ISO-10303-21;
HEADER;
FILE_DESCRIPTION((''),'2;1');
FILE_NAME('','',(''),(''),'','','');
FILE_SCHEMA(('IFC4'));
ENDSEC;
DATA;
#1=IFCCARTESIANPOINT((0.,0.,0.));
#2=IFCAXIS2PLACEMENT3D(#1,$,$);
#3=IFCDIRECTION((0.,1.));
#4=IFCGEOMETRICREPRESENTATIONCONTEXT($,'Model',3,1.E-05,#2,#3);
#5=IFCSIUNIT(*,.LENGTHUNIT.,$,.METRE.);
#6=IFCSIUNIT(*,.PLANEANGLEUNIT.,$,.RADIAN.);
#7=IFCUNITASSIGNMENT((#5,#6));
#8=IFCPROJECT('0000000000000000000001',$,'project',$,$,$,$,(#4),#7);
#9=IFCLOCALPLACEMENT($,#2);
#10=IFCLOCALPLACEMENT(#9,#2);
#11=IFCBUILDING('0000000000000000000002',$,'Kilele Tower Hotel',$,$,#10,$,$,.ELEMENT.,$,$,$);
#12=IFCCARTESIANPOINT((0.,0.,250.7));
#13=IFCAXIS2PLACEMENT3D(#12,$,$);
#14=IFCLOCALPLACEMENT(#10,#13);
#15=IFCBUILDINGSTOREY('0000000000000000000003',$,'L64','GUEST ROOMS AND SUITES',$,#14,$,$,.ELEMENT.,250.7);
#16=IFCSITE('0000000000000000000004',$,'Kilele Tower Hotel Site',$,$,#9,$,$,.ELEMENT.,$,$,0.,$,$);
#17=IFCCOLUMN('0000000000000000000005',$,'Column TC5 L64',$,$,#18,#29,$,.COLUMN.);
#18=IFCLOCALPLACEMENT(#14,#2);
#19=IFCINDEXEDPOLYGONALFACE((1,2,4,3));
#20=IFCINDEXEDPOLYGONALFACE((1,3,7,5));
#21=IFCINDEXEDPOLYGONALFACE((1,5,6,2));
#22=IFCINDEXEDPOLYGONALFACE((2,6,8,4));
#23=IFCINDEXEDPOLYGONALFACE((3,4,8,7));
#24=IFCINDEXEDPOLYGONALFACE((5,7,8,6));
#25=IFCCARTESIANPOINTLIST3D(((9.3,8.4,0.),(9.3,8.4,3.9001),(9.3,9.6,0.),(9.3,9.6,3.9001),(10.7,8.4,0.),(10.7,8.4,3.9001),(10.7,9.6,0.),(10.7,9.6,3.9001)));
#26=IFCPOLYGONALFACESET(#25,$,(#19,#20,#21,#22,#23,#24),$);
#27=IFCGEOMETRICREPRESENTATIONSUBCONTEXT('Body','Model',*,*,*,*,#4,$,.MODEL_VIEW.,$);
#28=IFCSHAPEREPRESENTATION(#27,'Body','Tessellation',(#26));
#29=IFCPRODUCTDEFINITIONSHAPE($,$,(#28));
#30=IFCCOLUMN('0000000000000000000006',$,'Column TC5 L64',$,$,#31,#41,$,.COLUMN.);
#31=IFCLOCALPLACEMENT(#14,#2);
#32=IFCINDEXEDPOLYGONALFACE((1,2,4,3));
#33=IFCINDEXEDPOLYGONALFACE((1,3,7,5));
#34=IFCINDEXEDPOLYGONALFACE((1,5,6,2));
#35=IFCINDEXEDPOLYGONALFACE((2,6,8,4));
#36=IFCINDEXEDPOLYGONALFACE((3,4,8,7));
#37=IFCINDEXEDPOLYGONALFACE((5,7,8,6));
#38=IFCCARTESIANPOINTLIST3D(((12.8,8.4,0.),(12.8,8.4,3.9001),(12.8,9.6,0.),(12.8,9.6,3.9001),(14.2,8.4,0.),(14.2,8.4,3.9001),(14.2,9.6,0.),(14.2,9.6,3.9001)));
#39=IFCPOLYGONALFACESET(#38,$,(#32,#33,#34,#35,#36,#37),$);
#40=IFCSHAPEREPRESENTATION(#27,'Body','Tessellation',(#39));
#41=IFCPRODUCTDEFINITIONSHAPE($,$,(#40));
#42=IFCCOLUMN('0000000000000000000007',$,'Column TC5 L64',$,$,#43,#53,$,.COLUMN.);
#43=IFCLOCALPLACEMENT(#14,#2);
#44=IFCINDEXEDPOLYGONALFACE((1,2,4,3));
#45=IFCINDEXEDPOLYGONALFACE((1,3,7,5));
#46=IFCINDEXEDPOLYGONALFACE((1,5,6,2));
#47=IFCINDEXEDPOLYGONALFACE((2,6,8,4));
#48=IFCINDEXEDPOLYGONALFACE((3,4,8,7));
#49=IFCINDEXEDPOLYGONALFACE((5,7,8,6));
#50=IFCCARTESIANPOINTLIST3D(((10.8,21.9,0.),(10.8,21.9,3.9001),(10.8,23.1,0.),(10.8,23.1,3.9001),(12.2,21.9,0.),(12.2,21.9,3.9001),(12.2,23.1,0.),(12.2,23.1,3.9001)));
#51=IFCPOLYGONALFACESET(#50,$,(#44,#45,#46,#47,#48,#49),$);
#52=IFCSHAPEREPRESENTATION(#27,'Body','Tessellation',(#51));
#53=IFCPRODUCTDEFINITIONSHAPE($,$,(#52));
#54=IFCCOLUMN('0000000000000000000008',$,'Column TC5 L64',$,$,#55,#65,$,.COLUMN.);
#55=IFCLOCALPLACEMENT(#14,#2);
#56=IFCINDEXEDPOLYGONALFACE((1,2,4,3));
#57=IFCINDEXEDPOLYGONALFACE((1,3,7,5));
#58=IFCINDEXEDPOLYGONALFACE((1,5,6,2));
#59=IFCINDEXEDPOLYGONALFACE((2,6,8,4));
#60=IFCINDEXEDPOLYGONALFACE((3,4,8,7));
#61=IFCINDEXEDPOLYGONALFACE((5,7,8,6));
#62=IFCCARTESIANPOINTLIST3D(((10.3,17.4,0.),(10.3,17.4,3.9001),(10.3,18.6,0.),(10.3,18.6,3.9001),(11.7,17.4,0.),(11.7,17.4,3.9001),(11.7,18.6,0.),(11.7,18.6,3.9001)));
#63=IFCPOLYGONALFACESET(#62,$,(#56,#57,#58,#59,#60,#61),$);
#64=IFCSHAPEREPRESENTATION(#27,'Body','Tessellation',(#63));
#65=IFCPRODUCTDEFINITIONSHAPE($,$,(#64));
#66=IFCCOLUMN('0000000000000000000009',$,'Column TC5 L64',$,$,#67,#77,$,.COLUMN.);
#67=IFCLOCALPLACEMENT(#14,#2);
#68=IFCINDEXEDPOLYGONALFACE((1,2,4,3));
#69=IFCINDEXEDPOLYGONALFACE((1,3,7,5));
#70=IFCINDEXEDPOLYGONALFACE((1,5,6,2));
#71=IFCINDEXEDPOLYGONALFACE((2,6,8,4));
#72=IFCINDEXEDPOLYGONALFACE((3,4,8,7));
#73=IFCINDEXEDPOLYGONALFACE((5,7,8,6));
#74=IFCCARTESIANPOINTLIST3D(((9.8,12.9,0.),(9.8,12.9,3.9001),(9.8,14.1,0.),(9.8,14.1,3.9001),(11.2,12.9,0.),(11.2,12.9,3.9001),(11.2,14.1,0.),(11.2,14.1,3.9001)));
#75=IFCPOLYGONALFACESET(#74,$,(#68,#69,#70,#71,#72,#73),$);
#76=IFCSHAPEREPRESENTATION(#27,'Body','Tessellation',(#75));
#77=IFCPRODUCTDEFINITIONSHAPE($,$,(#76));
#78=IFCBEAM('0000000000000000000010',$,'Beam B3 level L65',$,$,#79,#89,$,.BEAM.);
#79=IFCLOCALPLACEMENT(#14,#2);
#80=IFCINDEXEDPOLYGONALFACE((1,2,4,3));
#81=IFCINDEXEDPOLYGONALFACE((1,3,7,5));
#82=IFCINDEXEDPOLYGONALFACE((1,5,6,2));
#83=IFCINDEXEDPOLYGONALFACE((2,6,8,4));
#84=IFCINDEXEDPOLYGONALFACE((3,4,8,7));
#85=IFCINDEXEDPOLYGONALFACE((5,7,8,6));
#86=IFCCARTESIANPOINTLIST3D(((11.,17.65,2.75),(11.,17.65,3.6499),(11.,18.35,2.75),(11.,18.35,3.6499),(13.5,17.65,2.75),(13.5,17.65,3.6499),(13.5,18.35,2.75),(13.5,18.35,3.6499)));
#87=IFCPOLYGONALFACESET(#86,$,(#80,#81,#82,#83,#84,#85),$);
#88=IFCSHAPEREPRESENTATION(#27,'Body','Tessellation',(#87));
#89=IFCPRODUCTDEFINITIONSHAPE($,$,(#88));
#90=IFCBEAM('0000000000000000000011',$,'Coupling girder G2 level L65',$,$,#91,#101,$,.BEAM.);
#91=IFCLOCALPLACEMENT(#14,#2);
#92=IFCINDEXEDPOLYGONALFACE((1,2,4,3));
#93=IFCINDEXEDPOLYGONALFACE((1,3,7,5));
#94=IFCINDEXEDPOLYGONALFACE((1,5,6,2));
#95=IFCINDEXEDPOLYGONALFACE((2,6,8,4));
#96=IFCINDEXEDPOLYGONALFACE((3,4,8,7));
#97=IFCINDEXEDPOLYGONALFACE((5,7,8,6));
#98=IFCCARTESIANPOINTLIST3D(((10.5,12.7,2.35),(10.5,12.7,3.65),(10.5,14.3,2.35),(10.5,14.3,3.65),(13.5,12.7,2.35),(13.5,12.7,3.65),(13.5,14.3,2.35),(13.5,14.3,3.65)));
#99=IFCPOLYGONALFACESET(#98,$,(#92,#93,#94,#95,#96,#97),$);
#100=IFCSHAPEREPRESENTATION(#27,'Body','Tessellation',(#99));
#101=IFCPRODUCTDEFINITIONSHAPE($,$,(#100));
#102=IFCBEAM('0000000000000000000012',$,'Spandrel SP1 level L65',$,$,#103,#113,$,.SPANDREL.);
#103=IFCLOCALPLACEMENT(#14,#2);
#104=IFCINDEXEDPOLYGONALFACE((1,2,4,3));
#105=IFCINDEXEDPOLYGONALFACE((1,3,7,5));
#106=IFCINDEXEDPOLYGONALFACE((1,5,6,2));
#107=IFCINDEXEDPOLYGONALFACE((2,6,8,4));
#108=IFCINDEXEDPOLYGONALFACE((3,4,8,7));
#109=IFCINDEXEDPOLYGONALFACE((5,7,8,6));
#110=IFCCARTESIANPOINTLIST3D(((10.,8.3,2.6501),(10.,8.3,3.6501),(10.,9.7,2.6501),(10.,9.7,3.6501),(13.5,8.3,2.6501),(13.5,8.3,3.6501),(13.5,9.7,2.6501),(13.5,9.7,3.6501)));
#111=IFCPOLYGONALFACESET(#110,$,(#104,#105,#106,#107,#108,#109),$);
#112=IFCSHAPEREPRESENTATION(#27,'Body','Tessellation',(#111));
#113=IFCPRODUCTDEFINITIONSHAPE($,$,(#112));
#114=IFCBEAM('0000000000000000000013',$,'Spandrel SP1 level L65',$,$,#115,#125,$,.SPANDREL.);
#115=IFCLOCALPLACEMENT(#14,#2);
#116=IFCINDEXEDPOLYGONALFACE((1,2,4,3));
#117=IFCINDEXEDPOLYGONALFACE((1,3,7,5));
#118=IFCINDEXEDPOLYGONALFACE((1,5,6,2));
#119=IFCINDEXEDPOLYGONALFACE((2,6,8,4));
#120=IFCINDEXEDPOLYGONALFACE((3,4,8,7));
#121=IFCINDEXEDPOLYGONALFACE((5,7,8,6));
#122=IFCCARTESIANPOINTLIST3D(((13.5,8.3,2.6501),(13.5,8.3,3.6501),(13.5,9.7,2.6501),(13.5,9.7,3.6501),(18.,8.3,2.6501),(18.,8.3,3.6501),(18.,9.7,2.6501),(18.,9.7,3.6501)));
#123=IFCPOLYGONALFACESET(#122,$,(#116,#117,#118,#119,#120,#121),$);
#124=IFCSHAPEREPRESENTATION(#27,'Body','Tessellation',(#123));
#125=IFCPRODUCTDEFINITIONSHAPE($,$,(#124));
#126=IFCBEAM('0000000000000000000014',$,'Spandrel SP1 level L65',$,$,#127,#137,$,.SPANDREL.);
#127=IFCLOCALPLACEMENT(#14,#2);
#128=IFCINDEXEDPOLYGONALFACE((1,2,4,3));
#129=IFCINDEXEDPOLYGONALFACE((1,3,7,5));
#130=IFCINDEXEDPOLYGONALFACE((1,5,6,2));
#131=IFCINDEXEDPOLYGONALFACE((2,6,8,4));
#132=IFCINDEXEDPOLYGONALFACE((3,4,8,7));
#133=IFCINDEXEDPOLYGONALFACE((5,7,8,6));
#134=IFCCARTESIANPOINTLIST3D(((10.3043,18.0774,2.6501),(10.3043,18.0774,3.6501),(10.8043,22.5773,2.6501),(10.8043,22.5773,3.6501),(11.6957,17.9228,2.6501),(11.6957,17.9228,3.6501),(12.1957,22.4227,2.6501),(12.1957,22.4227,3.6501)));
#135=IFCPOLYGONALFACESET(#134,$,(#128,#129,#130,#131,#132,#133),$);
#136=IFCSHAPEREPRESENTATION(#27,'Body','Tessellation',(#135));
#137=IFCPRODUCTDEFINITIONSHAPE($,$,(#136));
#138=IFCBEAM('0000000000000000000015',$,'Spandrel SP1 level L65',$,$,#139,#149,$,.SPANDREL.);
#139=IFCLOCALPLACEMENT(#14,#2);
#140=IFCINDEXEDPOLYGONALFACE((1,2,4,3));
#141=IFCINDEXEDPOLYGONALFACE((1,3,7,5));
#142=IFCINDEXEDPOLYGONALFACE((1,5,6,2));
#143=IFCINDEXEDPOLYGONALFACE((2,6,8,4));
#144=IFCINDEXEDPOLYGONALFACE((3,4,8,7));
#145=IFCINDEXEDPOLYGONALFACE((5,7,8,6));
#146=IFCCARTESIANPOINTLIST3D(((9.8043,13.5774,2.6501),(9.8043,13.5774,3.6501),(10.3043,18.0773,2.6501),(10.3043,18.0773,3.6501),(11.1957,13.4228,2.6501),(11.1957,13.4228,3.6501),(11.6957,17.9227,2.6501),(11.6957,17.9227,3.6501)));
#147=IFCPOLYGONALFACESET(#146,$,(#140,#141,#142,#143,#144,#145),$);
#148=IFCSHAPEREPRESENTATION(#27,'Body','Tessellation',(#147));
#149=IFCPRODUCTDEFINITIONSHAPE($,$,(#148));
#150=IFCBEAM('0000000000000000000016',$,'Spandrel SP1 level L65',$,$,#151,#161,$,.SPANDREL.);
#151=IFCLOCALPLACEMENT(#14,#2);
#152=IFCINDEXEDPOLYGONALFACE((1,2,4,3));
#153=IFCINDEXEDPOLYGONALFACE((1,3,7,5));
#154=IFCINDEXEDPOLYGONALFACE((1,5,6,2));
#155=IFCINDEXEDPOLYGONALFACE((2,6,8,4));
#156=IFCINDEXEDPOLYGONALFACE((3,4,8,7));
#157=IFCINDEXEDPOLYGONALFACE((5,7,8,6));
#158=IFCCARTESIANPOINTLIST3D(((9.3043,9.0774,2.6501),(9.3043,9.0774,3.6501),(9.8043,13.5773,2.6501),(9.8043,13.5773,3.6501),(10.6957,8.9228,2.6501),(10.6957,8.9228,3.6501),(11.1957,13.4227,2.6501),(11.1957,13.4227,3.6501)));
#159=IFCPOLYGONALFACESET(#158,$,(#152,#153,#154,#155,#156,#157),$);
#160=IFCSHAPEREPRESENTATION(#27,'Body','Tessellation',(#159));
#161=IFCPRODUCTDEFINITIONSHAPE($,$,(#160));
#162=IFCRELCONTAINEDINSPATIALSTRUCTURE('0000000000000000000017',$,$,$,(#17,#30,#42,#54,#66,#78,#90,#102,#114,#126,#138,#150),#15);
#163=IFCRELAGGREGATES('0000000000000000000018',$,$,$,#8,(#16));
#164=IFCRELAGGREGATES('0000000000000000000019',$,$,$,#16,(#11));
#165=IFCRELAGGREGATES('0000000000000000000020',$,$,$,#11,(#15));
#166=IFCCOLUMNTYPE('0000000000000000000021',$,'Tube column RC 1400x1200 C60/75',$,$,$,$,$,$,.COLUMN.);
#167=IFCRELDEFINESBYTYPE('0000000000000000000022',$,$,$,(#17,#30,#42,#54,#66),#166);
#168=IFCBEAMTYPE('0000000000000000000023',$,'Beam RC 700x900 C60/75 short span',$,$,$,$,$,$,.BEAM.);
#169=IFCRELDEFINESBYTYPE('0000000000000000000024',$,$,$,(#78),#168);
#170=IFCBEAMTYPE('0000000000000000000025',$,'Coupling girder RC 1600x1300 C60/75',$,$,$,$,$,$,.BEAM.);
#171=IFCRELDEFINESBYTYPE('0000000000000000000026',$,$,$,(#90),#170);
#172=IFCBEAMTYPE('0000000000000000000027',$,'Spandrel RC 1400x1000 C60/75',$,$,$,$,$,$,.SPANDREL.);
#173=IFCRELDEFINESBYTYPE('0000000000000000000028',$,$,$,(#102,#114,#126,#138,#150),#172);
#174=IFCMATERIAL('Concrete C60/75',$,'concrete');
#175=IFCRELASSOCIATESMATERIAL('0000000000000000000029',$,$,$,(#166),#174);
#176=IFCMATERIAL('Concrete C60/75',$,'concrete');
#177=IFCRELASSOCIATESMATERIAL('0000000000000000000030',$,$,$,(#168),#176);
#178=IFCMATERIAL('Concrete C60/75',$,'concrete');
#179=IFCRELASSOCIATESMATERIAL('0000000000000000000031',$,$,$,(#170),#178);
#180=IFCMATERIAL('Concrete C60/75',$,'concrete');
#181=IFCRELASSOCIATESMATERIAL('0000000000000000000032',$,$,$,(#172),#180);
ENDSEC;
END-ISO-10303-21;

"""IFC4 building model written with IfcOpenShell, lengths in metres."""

from ifc_helpers import new_model, si_unit, direction, frame, origin, origin_2d, place, context, subcontext, project, spatial, rectangle, extrude, material, material_profile, profile_set, type_object, element, save


model = new_model("IFC4")

# Units and contexts
model_context = context("Model", 3, precision=1e-05, world=origin(), true_north=direction((0.0, 1.0)))
body_context = subcontext(model_context, "Body", "Model", "MODEL_VIEW")
ifc_project = project(units=[si_unit("LENGTHUNIT", "METRE"), si_unit("PLANEANGLEUNIT", "RADIAN")], contexts=[model_context])

# Site, building, storey
site_placement = place(None, origin())
site = spatial("IfcSite", under=ifc_project, at=site_placement, Name="Kilele Tower Hotel Site", CompositionType="ELEMENT", RefElevation=0.0)
building_placement = place(site_placement, origin())
building = spatial("IfcBuilding", under=site, at=building_placement, Name="Kilele Tower Hotel", CompositionType="ELEMENT")
storey_placement = place(building_placement, frame((0.0, 0.0, 250.7)))
storey = spatial("IfcBuildingStorey", under=building, at=storey_placement, Name="L64", Description="GUEST ROOMS AND SUITES", CompositionType="ELEMENT", Elevation=250.7)

# Columns
ifc_material_1 = material(Name="Concrete C60/75", Category="concrete")
ifc_material_profile_1 = material_profile(ifc_material_1, rectangle(XDim=1.3999, YDim=1.2, at=origin_2d()))
ifc_profile_set_1 = profile_set([ifc_material_profile_1], Name="Concrete C60/75")
column_type = type_object("IfcColumnType", Name="Tube column RC 1400x1200 C60/75", PredefinedType="COLUMN", material=ifc_profile_set_1)
for number, where, z_axis, x_axis, name in (
    (1, (10.0, 9.0, 0.0), (0.0, 0.0, 1.0), (1.0, 0.0, 0.0), "Column TC5 L64"),
    (2, (13.5, 9.0, 0.0), (0.0, 0.0, 1.0), (1.0, 0.0, 0.0), "Column TC5 L64"),
    (3, (11.5, 22.5, 0.0), (0.0, 0.0, 1.0), (1.0, 0.0, 0.0), "Column TC5 L64"),
    (4, (11.0, 18.0, 0.0), (0.0, 0.0, 1.0), (1.0, 0.0, 0.0), "Column TC5 L64"),
    (5, (10.5, 13.5, 0.0), (0.0, 0.0, 1.0), (1.0, 0.0, 0.0), "Column TC5 L64"),
):
    element("IfcColumn", number, at=place(storey_placement, frame(where, z_axis=z_axis, x_axis=x_axis)), inside=storey, type_object=column_type, Name=name, PredefinedType="COLUMN", context=body_context, shape_type="SweptSolid", body=[
        extrude(rectangle(XDim=1.3999, YDim=1.2, at=origin_2d()), origin(), (0.0, 0.0, 1.0), 3.9001),
    ])

# Beams
ifc_material_2 = material(Name="Concrete C60/75", Category="concrete")
ifc_material_profile_2 = material_profile(ifc_material_2, rectangle(XDim=0.7, YDim=0.8999, at=origin_2d()))
ifc_profile_set_2 = profile_set([ifc_material_profile_2], Name="Concrete C60/75")
beam_type_1 = type_object("IfcBeamType", Name="Beam RC 700x900 C60/75 short span", PredefinedType="BEAM", material=ifc_profile_set_2)
beam_1_placement = place(storey_placement, frame((11.0, 18.0, 3.2), z_axis=(1.0, 0.0, 0.0), x_axis=(0.0, 1.0, 0.0)))
element("IfcBeam", 6, at=beam_1_placement, inside=storey, type_object=beam_type_1, Name="Beam B3 level L65", PredefinedType="BEAM", context=body_context, shape_type="SweptSolid", body=[
    extrude(rectangle(XDim=0.7, YDim=0.8999, at=origin_2d()), origin(), (0.0, 0.0, 1.0), 2.5),
])
ifc_material_3 = material(Name="Concrete C60/75", Category="concrete")
ifc_material_profile_3 = material_profile(ifc_material_3, rectangle(XDim=1.6001, YDim=1.3, at=origin_2d()))
ifc_profile_set_3 = profile_set([ifc_material_profile_3], Name="Concrete C60/75")
beam_type_2 = type_object("IfcBeamType", Name="Coupling girder RC 1600x1300 C60/75", PredefinedType="BEAM", material=ifc_profile_set_3)
beam_2_placement = place(storey_placement, frame((10.5, 13.5, 3.0), z_axis=(1.0, 0.0, 0.0), x_axis=(0.0, 1.0, 0.0)))
element("IfcBeam", 7, at=beam_2_placement, inside=storey, type_object=beam_type_2, Name="Coupling girder G2 level L65", PredefinedType="BEAM", context=body_context, shape_type="SweptSolid", body=[
    extrude(rectangle(XDim=1.6001, YDim=1.3, at=origin_2d()), origin(), (0.0, 0.0, 1.0), 3.0),
])
ifc_material_4 = material(Name="Concrete C60/75", Category="concrete")
ifc_material_profile_4 = material_profile(ifc_material_4, rectangle(XDim=1.3999, YDim=1.0, at=origin_2d()))
ifc_profile_set_4 = profile_set([ifc_material_profile_4], Name="Concrete C60/75")
beam_type_3 = type_object("IfcBeamType", Name="Spandrel RC 1400x1000 C60/75", PredefinedType="SPANDREL", material=ifc_profile_set_4)
beam_3_placement = place(storey_placement, frame((10.0, 9.0, 3.1501), z_axis=(1.0, 0.0, 0.0), x_axis=(0.0, 1.0, 0.0)))
element("IfcBeam", 8, at=beam_3_placement, inside=storey, type_object=beam_type_3, Name="Spandrel SP1 level L65", PredefinedType="SPANDREL", context=body_context, shape_type="SweptSolid", body=[
    extrude(rectangle(XDim=1.3999, YDim=1.0, at=origin_2d()), origin(), (0.0, 0.0, 1.0), 3.5),
])
beam_4_placement = place(storey_placement, frame((13.5, 9.0, 3.1501), z_axis=(1.0, 0.0, 0.0), x_axis=(0.0, 1.0, 0.0)))
element("IfcBeam", 9, at=beam_4_placement, inside=storey, type_object=beam_type_3, Name="Spandrel SP1 level L65", PredefinedType="SPANDREL", context=body_context, shape_type="SweptSolid", body=[
    extrude(rectangle(XDim=1.3999, YDim=1.0, at=origin_2d()), origin(), (0.0, 0.0, 1.0), 4.5),
])
for number, where, z_axis, x_axis, name in (
    (10, (11.5, 22.5, 3.1501), (-0.110432, -0.993884, 0.0), (0.993884, -0.110432, 0.0), "Spandrel SP1 level L65"),
    (11, (11.0, 18.0, 3.1501), (-0.110432, -0.993884, 0.0), (0.993884, -0.110432, 0.0), "Spandrel SP1 level L65"),
    (12, (10.5, 13.5, 3.1501), (-0.110432, -0.993884, 0.0), (0.993884, -0.110432, 0.0), "Spandrel SP1 level L65"),
):
    element("IfcBeam", number, at=place(storey_placement, frame(where, z_axis=z_axis, x_axis=x_axis)), inside=storey, type_object=beam_type_3, Name=name, PredefinedType="SPANDREL", context=body_context, shape_type="SweptSolid", body=[
        extrude(rectangle(XDim=1.3999, YDim=1.0, at=origin_2d()), origin(), (0.0, 0.0, 1.0), 4.5276),
    ])

save(model, "model.ifc")
